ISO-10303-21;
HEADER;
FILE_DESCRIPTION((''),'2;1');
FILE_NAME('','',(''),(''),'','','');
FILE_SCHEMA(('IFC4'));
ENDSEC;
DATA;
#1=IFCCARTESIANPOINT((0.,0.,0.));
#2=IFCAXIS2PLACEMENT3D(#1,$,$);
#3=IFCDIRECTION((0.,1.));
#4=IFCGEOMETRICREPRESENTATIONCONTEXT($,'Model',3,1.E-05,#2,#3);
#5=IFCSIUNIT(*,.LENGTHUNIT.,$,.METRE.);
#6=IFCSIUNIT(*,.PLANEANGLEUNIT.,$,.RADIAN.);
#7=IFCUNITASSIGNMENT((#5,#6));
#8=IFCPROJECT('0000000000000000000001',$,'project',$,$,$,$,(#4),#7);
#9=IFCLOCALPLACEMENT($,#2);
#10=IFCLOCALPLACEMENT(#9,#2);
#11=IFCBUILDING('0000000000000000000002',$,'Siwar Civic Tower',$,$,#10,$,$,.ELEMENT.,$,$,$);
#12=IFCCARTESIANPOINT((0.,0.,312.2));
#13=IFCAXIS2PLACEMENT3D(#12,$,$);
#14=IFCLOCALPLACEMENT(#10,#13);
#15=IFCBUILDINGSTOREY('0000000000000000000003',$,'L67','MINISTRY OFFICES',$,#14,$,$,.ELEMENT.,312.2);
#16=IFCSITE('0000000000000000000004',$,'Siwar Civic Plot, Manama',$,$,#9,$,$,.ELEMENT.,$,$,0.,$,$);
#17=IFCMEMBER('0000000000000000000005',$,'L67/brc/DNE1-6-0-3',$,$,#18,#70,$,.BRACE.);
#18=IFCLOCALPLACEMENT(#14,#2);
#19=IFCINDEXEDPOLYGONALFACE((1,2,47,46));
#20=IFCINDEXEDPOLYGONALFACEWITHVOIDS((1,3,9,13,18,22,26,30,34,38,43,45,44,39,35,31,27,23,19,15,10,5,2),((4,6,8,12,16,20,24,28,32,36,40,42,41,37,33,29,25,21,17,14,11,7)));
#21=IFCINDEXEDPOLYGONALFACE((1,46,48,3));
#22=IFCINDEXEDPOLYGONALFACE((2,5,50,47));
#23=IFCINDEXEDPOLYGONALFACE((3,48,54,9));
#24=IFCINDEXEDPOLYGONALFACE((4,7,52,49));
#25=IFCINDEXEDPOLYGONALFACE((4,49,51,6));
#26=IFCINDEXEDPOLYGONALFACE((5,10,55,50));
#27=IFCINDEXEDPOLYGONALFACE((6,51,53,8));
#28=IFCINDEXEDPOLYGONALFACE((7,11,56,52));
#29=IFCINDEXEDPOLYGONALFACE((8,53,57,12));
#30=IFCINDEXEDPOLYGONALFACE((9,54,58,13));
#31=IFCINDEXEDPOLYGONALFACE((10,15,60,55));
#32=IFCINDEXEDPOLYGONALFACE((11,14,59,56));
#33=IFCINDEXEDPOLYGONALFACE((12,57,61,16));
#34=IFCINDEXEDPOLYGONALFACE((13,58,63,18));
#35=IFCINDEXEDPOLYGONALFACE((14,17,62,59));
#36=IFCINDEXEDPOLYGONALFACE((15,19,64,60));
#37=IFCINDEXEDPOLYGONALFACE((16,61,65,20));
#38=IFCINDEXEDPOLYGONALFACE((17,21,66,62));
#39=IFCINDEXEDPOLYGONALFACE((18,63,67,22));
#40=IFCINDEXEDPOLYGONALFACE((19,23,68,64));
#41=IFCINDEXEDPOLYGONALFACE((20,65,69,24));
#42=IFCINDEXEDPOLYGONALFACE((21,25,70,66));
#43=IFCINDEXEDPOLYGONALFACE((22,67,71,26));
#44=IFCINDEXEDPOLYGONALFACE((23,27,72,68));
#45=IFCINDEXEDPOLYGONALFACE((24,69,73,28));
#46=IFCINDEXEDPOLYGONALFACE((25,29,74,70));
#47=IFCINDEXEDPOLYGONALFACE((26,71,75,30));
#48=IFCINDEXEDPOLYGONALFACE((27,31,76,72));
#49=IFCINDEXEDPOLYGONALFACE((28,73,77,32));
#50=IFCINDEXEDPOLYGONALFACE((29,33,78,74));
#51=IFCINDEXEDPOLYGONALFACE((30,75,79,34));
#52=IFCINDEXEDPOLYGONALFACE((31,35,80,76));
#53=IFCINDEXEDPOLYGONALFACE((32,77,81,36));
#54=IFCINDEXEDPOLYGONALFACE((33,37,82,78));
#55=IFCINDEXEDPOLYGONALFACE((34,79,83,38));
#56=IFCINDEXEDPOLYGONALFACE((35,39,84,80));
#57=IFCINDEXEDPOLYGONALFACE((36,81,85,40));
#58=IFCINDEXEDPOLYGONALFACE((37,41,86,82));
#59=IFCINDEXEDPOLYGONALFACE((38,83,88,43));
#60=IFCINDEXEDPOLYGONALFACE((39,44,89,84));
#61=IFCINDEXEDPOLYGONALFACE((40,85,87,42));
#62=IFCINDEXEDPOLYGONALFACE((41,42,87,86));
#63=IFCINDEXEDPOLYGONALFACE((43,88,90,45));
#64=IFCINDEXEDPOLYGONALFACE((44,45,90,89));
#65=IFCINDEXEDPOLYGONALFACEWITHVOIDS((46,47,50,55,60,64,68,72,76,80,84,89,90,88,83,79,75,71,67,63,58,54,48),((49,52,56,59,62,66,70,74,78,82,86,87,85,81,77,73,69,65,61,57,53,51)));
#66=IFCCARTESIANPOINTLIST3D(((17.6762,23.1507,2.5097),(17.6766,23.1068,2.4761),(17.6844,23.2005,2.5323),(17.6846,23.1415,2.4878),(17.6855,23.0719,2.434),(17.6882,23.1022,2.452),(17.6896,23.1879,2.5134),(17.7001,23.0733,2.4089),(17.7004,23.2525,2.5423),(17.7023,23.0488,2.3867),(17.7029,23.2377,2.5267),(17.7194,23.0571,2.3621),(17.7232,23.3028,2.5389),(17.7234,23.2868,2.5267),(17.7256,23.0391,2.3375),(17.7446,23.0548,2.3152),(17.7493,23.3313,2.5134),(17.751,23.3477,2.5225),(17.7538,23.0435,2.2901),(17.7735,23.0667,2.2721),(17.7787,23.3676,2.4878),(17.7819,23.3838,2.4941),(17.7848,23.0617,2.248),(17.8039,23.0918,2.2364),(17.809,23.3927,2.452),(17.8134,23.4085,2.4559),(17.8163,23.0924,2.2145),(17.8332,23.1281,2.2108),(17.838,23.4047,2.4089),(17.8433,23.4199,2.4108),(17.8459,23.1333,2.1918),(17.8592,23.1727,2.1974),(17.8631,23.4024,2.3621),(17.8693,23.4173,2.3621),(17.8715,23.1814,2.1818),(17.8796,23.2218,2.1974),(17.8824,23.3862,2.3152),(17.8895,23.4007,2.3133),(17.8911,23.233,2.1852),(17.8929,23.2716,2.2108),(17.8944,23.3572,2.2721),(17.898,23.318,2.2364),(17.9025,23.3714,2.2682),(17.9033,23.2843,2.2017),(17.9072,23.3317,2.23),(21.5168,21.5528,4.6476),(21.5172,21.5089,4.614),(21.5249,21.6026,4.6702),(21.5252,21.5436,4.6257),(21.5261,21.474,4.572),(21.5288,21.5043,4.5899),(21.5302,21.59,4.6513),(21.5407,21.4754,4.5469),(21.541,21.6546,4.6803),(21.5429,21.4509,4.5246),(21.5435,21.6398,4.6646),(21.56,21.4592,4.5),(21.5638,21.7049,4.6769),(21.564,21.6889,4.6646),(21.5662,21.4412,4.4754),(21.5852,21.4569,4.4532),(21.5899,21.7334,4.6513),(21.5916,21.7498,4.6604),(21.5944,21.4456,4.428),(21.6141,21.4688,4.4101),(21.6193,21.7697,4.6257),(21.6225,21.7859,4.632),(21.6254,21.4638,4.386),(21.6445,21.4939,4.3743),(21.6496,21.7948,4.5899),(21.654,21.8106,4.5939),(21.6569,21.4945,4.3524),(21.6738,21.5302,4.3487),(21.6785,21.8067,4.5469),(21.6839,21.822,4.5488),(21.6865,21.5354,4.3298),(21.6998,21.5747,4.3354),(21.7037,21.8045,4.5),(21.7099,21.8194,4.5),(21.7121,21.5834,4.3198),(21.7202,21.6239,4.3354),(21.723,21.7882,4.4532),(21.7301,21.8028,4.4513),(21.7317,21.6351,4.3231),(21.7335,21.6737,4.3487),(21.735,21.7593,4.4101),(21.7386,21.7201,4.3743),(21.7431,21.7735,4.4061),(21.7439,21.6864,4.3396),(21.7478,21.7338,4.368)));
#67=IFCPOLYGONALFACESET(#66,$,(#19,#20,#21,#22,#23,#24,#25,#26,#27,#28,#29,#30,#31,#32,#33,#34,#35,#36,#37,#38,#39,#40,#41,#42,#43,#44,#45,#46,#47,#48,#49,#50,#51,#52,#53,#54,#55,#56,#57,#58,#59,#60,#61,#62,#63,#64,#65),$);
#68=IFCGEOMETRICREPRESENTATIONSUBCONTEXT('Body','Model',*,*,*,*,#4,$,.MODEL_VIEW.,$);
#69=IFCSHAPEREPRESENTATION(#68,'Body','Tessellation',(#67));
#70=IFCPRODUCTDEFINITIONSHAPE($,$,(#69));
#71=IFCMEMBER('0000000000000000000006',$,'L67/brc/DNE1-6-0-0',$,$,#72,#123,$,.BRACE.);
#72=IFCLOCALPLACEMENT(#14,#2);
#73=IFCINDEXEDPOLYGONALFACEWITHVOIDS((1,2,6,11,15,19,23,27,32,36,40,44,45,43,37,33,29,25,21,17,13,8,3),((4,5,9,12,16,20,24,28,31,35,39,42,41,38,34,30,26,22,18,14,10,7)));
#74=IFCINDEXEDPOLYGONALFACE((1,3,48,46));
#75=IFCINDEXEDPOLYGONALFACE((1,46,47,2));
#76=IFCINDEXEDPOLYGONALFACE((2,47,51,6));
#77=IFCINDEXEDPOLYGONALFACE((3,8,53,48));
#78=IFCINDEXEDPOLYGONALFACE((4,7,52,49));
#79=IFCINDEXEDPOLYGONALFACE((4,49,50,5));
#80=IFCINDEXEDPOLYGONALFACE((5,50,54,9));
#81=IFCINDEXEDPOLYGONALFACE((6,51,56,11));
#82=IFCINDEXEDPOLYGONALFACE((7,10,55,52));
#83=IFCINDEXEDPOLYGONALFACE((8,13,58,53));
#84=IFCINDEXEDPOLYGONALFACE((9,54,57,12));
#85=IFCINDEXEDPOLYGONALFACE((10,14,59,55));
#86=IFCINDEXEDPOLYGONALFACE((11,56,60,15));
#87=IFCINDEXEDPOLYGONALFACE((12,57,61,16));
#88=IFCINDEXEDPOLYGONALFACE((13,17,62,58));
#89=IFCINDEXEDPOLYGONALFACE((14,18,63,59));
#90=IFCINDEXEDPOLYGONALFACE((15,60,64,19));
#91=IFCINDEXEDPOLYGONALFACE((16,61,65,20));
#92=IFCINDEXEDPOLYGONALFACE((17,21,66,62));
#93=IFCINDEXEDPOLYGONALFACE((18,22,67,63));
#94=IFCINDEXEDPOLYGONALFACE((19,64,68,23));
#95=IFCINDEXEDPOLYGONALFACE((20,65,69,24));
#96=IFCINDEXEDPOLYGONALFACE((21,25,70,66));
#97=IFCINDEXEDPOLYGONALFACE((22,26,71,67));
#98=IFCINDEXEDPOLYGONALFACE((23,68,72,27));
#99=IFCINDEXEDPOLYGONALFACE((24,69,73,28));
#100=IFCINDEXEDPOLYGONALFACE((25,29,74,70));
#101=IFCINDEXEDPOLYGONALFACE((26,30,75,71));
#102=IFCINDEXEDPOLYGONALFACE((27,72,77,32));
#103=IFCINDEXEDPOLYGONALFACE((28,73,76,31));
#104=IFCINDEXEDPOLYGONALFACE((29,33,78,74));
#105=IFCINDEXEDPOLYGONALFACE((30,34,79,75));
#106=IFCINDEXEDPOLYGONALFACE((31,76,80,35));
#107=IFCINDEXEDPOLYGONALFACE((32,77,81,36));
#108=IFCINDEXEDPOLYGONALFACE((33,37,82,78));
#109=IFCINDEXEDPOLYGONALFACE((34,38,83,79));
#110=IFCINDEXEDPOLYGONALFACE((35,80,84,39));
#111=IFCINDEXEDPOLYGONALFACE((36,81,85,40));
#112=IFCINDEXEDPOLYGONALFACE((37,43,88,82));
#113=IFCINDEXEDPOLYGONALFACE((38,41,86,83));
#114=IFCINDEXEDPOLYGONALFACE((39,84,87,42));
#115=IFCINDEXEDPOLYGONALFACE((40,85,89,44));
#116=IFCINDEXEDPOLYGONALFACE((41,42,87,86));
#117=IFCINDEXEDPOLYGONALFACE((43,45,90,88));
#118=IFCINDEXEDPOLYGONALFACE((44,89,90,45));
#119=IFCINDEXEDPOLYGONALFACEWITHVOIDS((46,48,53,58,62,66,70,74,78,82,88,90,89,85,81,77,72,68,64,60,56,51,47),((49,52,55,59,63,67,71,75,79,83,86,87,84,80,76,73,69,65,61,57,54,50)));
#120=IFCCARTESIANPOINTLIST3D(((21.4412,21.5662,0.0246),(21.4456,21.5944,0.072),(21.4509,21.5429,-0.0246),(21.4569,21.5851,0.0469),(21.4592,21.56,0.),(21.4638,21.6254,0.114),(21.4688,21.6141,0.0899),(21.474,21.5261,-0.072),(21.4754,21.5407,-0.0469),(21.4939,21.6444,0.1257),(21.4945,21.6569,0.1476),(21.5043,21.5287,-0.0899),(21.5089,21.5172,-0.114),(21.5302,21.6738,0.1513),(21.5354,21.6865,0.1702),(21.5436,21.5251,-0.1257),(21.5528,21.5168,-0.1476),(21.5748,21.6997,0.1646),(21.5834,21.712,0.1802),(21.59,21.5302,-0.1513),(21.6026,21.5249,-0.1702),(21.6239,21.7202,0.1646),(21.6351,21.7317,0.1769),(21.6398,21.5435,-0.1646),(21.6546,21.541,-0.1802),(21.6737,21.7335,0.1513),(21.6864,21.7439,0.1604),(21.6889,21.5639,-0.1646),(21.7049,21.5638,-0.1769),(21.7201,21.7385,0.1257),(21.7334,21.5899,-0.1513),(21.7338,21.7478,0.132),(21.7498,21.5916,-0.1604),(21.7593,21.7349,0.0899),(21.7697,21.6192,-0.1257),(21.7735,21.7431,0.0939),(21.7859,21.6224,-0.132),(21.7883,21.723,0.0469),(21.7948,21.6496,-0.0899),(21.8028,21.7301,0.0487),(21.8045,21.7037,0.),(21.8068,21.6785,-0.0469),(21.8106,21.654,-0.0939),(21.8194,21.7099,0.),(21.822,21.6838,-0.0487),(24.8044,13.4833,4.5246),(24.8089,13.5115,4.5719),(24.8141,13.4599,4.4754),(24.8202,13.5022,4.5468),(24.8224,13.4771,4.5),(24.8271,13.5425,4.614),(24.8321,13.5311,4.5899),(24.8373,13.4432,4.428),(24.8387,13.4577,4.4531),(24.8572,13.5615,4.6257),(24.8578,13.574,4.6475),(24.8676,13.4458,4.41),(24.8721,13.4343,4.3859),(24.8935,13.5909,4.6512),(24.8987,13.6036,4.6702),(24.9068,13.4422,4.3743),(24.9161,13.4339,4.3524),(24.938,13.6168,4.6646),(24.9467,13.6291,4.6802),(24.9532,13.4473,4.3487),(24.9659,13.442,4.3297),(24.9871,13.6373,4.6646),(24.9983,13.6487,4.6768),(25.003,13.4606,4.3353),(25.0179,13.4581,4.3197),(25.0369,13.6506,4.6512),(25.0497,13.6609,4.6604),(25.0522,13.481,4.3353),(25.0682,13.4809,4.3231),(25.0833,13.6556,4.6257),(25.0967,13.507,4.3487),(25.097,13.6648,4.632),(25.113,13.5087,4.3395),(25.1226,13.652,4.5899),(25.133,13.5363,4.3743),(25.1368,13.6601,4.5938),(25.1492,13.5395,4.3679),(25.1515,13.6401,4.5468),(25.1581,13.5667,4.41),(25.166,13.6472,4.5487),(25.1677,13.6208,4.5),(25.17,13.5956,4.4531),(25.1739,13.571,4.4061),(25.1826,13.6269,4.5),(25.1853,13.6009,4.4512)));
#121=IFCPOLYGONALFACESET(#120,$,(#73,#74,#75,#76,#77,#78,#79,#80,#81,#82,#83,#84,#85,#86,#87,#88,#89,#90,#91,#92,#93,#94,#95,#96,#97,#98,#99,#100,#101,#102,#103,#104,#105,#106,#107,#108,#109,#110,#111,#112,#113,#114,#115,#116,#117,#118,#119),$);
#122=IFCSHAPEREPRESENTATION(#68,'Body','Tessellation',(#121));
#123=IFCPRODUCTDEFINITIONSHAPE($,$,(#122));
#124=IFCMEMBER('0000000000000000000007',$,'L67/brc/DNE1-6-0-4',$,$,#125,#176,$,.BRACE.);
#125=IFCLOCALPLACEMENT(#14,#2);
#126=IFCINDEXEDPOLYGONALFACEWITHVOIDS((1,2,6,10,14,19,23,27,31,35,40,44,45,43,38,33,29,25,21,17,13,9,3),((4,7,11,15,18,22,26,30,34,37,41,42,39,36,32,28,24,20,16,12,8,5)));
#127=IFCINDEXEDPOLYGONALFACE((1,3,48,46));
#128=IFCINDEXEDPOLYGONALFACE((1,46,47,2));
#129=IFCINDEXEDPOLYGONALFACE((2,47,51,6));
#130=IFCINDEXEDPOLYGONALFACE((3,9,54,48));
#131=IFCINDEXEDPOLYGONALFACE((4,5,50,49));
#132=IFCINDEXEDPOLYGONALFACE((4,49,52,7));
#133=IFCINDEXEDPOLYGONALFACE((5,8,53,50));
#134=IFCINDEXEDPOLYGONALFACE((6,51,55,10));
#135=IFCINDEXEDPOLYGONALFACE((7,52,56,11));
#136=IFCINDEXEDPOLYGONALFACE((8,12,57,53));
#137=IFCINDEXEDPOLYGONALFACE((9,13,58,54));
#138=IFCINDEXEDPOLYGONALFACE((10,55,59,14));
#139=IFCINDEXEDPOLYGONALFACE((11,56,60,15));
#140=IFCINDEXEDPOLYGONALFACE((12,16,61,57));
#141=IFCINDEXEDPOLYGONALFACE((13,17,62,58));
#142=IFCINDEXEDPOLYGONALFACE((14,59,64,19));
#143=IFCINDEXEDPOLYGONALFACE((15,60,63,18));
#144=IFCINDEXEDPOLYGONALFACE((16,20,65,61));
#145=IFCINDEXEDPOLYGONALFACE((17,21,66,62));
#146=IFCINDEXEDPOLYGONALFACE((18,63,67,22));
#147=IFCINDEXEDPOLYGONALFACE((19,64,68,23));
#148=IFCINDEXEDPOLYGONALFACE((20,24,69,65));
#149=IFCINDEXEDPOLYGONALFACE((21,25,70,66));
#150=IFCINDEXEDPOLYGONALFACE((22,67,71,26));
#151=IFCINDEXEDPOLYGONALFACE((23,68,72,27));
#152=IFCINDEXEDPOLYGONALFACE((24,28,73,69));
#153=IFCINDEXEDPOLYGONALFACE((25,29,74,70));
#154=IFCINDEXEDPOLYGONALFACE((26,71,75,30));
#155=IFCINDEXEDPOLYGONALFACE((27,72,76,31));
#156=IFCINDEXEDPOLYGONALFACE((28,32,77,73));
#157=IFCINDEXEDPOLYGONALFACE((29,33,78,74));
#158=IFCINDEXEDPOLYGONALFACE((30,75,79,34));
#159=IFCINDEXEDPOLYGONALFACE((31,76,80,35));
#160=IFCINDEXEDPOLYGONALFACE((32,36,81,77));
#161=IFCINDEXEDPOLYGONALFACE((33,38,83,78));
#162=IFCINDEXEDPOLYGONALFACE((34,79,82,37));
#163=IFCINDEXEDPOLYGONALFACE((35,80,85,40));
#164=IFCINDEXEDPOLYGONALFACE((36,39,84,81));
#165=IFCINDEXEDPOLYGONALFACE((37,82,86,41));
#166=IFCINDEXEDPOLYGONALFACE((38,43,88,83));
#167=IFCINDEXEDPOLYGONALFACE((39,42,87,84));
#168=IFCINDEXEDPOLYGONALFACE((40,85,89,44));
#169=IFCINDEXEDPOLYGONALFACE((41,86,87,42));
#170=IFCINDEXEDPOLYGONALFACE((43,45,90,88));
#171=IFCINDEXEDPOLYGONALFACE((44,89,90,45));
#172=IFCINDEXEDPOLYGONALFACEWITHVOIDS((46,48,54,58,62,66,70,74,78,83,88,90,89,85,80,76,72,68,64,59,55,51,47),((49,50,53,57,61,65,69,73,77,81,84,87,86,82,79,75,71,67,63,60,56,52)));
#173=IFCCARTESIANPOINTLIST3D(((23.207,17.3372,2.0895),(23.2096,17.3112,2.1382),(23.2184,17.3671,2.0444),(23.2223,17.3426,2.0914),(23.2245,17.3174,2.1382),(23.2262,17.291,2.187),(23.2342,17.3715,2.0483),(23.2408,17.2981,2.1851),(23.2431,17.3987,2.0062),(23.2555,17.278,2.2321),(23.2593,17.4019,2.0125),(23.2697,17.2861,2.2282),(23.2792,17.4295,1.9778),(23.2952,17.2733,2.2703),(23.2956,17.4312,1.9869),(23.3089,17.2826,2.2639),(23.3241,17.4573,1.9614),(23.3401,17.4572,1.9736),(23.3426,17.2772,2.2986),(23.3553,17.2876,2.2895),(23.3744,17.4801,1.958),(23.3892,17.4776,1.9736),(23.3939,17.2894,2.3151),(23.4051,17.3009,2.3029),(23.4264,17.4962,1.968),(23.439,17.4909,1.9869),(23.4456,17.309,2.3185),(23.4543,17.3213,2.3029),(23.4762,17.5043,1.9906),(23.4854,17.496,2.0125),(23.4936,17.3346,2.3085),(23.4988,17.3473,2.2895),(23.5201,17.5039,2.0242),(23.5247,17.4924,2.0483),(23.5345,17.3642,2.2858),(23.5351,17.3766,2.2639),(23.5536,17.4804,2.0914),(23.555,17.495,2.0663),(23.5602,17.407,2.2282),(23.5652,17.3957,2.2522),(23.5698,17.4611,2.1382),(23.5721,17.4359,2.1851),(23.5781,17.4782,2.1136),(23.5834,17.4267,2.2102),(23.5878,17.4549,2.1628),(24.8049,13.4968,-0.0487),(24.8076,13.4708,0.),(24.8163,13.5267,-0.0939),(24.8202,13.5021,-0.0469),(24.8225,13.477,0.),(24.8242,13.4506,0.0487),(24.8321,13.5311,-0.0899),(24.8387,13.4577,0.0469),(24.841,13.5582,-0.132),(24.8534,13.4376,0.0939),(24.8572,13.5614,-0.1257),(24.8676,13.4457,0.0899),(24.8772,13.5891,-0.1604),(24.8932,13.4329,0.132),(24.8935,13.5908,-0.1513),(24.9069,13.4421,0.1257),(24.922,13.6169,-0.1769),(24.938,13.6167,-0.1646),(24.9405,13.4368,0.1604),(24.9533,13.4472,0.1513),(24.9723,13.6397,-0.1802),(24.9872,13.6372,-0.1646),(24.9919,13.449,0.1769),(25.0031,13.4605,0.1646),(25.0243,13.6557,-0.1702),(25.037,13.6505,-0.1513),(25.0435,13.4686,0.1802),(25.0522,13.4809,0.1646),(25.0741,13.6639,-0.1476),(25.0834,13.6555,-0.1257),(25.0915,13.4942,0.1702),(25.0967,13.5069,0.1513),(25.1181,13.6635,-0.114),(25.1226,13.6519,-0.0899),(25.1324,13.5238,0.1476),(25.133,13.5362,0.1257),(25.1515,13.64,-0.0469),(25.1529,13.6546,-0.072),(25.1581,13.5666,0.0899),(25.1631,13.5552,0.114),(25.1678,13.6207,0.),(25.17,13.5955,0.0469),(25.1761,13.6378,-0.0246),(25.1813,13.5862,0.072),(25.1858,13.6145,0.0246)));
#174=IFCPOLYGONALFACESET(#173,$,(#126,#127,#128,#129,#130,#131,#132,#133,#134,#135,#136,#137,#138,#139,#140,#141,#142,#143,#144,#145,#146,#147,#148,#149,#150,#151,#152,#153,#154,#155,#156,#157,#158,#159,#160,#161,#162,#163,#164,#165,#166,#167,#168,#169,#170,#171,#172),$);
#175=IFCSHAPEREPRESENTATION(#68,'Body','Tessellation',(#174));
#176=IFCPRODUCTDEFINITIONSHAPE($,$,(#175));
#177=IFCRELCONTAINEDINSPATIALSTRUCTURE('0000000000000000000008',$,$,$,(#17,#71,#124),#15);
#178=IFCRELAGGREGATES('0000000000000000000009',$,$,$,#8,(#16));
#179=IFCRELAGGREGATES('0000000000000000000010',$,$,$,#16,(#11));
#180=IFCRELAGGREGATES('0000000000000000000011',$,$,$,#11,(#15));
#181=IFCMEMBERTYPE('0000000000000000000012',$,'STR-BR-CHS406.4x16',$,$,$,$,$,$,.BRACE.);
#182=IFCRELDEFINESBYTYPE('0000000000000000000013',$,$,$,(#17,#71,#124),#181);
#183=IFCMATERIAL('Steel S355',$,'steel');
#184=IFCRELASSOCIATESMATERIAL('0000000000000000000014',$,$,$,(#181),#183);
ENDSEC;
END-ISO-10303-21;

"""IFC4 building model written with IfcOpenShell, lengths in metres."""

from ifc_helpers import new_model, si_unit, direction, frame, origin, origin_2d, place, context, subcontext, project, spatial, hollow_circle, extrude, material, material_profile, profile_set, type_object, element, save


model = new_model("IFC4")

# Units and contexts
model_context = context("Model", 3, precision=1e-05, world=origin(), true_north=direction((0.0, 1.0)))
body_context = subcontext(model_context, "Body", "Model", "MODEL_VIEW")
ifc_project = project(units=[si_unit("LENGTHUNIT", "METRE"), si_unit("PLANEANGLEUNIT", "RADIAN")], contexts=[model_context])

# Site, building, storey
site_placement = place(None, origin())
site = spatial("IfcSite", under=ifc_project, at=site_placement, Name="Siwar Civic Plot, Manama", CompositionType="ELEMENT", RefElevation=0.0)
building_placement = place(site_placement, origin())
building = spatial("IfcBuilding", under=site, at=building_placement, Name="Siwar Civic Tower", CompositionType="ELEMENT")
storey_placement = place(building_placement, frame((0.0, 0.0, 312.2)))
storey = spatial("IfcBuildingStorey", under=building, at=storey_placement, Name="L67", Description="MINISTRY OFFICES", CompositionType="ELEMENT", Elevation=312.2)

# Members
ifc_material_1 = material(Name="Steel S355", Category="steel")
ifc_material_profile_1 = material_profile(ifc_material_1, hollow_circle(Radius=0.2031, WallThickness=0.0161, at=origin_2d()), Name="CHS406.4x16")
ifc_profile_set_1 = profile_set([ifc_material_profile_1], Name="Steel S355")
member_type_1 = type_object("IfcMemberType", Name="STR-BR-CHS406.4x16", PredefinedType="BRACE", material=ifc_profile_set_1)
for number, where, z_axis, x_axis, name in (
    (1, (17.7913, 23.2297, 2.3621), (0.821167, -0.341653, 0.45712), (0.384136, 0.923276, 0.0), "L67/brc/DNE1-6-0-3"),
):
    element("IfcMember", number, at=place(storey_placement, frame(where, z_axis=z_axis, x_axis=x_axis)), inside=storey, type_object=member_type_1, Name=name, PredefinedType="BRACE", context=body_context, shape_type="SweptSolid", body=[
        extrude(hollow_circle(Radius=0.2031, WallThickness=0.0161, at=origin_2d()), origin(), (0.0, 0.0, 1.0), 4.677),
    ])
member_1_placement = place(storey_placement, frame((21.6318, 21.6318, 0.0), z_axis=(0.341671, -0.821143, 0.457149), x_axis=(0.923265, 0.384164, 0.0)))
element("IfcMember", 2, at=member_1_placement, inside=storey, type_object=member_type_1, Name="L67/brc/DNE1-6-0-0", PredefinedType="BRACE", context=body_context, shape_type="SweptSolid", body=[
    extrude(hollow_circle(Radius=0.2031, WallThickness=0.0161, at=origin_2d()), origin(), (0.0, 0.0, 1.0), 9.8435),
])
for number, where, z_axis, x_axis, name in (
    (3, (24.9951, 13.5488, 0.0), (-0.341659, 0.82113, 0.457181), (-0.923268, -0.384157, 0.0), "L67/brc/DNE1-6-0-4"),
):
    element("IfcMember", number, at=place(storey_placement, frame(where, z_axis=z_axis, x_axis=x_axis)), inside=storey, type_object=member_type_1, Name=name, PredefinedType="BRACE", context=body_context, shape_type="SweptSolid", body=[
        extrude(hollow_circle(Radius=0.2031, WallThickness=0.0161, at=origin_2d()), origin(), (0.0, 0.0, 1.0), 4.677),
    ])

save(model, "model.ifc")
